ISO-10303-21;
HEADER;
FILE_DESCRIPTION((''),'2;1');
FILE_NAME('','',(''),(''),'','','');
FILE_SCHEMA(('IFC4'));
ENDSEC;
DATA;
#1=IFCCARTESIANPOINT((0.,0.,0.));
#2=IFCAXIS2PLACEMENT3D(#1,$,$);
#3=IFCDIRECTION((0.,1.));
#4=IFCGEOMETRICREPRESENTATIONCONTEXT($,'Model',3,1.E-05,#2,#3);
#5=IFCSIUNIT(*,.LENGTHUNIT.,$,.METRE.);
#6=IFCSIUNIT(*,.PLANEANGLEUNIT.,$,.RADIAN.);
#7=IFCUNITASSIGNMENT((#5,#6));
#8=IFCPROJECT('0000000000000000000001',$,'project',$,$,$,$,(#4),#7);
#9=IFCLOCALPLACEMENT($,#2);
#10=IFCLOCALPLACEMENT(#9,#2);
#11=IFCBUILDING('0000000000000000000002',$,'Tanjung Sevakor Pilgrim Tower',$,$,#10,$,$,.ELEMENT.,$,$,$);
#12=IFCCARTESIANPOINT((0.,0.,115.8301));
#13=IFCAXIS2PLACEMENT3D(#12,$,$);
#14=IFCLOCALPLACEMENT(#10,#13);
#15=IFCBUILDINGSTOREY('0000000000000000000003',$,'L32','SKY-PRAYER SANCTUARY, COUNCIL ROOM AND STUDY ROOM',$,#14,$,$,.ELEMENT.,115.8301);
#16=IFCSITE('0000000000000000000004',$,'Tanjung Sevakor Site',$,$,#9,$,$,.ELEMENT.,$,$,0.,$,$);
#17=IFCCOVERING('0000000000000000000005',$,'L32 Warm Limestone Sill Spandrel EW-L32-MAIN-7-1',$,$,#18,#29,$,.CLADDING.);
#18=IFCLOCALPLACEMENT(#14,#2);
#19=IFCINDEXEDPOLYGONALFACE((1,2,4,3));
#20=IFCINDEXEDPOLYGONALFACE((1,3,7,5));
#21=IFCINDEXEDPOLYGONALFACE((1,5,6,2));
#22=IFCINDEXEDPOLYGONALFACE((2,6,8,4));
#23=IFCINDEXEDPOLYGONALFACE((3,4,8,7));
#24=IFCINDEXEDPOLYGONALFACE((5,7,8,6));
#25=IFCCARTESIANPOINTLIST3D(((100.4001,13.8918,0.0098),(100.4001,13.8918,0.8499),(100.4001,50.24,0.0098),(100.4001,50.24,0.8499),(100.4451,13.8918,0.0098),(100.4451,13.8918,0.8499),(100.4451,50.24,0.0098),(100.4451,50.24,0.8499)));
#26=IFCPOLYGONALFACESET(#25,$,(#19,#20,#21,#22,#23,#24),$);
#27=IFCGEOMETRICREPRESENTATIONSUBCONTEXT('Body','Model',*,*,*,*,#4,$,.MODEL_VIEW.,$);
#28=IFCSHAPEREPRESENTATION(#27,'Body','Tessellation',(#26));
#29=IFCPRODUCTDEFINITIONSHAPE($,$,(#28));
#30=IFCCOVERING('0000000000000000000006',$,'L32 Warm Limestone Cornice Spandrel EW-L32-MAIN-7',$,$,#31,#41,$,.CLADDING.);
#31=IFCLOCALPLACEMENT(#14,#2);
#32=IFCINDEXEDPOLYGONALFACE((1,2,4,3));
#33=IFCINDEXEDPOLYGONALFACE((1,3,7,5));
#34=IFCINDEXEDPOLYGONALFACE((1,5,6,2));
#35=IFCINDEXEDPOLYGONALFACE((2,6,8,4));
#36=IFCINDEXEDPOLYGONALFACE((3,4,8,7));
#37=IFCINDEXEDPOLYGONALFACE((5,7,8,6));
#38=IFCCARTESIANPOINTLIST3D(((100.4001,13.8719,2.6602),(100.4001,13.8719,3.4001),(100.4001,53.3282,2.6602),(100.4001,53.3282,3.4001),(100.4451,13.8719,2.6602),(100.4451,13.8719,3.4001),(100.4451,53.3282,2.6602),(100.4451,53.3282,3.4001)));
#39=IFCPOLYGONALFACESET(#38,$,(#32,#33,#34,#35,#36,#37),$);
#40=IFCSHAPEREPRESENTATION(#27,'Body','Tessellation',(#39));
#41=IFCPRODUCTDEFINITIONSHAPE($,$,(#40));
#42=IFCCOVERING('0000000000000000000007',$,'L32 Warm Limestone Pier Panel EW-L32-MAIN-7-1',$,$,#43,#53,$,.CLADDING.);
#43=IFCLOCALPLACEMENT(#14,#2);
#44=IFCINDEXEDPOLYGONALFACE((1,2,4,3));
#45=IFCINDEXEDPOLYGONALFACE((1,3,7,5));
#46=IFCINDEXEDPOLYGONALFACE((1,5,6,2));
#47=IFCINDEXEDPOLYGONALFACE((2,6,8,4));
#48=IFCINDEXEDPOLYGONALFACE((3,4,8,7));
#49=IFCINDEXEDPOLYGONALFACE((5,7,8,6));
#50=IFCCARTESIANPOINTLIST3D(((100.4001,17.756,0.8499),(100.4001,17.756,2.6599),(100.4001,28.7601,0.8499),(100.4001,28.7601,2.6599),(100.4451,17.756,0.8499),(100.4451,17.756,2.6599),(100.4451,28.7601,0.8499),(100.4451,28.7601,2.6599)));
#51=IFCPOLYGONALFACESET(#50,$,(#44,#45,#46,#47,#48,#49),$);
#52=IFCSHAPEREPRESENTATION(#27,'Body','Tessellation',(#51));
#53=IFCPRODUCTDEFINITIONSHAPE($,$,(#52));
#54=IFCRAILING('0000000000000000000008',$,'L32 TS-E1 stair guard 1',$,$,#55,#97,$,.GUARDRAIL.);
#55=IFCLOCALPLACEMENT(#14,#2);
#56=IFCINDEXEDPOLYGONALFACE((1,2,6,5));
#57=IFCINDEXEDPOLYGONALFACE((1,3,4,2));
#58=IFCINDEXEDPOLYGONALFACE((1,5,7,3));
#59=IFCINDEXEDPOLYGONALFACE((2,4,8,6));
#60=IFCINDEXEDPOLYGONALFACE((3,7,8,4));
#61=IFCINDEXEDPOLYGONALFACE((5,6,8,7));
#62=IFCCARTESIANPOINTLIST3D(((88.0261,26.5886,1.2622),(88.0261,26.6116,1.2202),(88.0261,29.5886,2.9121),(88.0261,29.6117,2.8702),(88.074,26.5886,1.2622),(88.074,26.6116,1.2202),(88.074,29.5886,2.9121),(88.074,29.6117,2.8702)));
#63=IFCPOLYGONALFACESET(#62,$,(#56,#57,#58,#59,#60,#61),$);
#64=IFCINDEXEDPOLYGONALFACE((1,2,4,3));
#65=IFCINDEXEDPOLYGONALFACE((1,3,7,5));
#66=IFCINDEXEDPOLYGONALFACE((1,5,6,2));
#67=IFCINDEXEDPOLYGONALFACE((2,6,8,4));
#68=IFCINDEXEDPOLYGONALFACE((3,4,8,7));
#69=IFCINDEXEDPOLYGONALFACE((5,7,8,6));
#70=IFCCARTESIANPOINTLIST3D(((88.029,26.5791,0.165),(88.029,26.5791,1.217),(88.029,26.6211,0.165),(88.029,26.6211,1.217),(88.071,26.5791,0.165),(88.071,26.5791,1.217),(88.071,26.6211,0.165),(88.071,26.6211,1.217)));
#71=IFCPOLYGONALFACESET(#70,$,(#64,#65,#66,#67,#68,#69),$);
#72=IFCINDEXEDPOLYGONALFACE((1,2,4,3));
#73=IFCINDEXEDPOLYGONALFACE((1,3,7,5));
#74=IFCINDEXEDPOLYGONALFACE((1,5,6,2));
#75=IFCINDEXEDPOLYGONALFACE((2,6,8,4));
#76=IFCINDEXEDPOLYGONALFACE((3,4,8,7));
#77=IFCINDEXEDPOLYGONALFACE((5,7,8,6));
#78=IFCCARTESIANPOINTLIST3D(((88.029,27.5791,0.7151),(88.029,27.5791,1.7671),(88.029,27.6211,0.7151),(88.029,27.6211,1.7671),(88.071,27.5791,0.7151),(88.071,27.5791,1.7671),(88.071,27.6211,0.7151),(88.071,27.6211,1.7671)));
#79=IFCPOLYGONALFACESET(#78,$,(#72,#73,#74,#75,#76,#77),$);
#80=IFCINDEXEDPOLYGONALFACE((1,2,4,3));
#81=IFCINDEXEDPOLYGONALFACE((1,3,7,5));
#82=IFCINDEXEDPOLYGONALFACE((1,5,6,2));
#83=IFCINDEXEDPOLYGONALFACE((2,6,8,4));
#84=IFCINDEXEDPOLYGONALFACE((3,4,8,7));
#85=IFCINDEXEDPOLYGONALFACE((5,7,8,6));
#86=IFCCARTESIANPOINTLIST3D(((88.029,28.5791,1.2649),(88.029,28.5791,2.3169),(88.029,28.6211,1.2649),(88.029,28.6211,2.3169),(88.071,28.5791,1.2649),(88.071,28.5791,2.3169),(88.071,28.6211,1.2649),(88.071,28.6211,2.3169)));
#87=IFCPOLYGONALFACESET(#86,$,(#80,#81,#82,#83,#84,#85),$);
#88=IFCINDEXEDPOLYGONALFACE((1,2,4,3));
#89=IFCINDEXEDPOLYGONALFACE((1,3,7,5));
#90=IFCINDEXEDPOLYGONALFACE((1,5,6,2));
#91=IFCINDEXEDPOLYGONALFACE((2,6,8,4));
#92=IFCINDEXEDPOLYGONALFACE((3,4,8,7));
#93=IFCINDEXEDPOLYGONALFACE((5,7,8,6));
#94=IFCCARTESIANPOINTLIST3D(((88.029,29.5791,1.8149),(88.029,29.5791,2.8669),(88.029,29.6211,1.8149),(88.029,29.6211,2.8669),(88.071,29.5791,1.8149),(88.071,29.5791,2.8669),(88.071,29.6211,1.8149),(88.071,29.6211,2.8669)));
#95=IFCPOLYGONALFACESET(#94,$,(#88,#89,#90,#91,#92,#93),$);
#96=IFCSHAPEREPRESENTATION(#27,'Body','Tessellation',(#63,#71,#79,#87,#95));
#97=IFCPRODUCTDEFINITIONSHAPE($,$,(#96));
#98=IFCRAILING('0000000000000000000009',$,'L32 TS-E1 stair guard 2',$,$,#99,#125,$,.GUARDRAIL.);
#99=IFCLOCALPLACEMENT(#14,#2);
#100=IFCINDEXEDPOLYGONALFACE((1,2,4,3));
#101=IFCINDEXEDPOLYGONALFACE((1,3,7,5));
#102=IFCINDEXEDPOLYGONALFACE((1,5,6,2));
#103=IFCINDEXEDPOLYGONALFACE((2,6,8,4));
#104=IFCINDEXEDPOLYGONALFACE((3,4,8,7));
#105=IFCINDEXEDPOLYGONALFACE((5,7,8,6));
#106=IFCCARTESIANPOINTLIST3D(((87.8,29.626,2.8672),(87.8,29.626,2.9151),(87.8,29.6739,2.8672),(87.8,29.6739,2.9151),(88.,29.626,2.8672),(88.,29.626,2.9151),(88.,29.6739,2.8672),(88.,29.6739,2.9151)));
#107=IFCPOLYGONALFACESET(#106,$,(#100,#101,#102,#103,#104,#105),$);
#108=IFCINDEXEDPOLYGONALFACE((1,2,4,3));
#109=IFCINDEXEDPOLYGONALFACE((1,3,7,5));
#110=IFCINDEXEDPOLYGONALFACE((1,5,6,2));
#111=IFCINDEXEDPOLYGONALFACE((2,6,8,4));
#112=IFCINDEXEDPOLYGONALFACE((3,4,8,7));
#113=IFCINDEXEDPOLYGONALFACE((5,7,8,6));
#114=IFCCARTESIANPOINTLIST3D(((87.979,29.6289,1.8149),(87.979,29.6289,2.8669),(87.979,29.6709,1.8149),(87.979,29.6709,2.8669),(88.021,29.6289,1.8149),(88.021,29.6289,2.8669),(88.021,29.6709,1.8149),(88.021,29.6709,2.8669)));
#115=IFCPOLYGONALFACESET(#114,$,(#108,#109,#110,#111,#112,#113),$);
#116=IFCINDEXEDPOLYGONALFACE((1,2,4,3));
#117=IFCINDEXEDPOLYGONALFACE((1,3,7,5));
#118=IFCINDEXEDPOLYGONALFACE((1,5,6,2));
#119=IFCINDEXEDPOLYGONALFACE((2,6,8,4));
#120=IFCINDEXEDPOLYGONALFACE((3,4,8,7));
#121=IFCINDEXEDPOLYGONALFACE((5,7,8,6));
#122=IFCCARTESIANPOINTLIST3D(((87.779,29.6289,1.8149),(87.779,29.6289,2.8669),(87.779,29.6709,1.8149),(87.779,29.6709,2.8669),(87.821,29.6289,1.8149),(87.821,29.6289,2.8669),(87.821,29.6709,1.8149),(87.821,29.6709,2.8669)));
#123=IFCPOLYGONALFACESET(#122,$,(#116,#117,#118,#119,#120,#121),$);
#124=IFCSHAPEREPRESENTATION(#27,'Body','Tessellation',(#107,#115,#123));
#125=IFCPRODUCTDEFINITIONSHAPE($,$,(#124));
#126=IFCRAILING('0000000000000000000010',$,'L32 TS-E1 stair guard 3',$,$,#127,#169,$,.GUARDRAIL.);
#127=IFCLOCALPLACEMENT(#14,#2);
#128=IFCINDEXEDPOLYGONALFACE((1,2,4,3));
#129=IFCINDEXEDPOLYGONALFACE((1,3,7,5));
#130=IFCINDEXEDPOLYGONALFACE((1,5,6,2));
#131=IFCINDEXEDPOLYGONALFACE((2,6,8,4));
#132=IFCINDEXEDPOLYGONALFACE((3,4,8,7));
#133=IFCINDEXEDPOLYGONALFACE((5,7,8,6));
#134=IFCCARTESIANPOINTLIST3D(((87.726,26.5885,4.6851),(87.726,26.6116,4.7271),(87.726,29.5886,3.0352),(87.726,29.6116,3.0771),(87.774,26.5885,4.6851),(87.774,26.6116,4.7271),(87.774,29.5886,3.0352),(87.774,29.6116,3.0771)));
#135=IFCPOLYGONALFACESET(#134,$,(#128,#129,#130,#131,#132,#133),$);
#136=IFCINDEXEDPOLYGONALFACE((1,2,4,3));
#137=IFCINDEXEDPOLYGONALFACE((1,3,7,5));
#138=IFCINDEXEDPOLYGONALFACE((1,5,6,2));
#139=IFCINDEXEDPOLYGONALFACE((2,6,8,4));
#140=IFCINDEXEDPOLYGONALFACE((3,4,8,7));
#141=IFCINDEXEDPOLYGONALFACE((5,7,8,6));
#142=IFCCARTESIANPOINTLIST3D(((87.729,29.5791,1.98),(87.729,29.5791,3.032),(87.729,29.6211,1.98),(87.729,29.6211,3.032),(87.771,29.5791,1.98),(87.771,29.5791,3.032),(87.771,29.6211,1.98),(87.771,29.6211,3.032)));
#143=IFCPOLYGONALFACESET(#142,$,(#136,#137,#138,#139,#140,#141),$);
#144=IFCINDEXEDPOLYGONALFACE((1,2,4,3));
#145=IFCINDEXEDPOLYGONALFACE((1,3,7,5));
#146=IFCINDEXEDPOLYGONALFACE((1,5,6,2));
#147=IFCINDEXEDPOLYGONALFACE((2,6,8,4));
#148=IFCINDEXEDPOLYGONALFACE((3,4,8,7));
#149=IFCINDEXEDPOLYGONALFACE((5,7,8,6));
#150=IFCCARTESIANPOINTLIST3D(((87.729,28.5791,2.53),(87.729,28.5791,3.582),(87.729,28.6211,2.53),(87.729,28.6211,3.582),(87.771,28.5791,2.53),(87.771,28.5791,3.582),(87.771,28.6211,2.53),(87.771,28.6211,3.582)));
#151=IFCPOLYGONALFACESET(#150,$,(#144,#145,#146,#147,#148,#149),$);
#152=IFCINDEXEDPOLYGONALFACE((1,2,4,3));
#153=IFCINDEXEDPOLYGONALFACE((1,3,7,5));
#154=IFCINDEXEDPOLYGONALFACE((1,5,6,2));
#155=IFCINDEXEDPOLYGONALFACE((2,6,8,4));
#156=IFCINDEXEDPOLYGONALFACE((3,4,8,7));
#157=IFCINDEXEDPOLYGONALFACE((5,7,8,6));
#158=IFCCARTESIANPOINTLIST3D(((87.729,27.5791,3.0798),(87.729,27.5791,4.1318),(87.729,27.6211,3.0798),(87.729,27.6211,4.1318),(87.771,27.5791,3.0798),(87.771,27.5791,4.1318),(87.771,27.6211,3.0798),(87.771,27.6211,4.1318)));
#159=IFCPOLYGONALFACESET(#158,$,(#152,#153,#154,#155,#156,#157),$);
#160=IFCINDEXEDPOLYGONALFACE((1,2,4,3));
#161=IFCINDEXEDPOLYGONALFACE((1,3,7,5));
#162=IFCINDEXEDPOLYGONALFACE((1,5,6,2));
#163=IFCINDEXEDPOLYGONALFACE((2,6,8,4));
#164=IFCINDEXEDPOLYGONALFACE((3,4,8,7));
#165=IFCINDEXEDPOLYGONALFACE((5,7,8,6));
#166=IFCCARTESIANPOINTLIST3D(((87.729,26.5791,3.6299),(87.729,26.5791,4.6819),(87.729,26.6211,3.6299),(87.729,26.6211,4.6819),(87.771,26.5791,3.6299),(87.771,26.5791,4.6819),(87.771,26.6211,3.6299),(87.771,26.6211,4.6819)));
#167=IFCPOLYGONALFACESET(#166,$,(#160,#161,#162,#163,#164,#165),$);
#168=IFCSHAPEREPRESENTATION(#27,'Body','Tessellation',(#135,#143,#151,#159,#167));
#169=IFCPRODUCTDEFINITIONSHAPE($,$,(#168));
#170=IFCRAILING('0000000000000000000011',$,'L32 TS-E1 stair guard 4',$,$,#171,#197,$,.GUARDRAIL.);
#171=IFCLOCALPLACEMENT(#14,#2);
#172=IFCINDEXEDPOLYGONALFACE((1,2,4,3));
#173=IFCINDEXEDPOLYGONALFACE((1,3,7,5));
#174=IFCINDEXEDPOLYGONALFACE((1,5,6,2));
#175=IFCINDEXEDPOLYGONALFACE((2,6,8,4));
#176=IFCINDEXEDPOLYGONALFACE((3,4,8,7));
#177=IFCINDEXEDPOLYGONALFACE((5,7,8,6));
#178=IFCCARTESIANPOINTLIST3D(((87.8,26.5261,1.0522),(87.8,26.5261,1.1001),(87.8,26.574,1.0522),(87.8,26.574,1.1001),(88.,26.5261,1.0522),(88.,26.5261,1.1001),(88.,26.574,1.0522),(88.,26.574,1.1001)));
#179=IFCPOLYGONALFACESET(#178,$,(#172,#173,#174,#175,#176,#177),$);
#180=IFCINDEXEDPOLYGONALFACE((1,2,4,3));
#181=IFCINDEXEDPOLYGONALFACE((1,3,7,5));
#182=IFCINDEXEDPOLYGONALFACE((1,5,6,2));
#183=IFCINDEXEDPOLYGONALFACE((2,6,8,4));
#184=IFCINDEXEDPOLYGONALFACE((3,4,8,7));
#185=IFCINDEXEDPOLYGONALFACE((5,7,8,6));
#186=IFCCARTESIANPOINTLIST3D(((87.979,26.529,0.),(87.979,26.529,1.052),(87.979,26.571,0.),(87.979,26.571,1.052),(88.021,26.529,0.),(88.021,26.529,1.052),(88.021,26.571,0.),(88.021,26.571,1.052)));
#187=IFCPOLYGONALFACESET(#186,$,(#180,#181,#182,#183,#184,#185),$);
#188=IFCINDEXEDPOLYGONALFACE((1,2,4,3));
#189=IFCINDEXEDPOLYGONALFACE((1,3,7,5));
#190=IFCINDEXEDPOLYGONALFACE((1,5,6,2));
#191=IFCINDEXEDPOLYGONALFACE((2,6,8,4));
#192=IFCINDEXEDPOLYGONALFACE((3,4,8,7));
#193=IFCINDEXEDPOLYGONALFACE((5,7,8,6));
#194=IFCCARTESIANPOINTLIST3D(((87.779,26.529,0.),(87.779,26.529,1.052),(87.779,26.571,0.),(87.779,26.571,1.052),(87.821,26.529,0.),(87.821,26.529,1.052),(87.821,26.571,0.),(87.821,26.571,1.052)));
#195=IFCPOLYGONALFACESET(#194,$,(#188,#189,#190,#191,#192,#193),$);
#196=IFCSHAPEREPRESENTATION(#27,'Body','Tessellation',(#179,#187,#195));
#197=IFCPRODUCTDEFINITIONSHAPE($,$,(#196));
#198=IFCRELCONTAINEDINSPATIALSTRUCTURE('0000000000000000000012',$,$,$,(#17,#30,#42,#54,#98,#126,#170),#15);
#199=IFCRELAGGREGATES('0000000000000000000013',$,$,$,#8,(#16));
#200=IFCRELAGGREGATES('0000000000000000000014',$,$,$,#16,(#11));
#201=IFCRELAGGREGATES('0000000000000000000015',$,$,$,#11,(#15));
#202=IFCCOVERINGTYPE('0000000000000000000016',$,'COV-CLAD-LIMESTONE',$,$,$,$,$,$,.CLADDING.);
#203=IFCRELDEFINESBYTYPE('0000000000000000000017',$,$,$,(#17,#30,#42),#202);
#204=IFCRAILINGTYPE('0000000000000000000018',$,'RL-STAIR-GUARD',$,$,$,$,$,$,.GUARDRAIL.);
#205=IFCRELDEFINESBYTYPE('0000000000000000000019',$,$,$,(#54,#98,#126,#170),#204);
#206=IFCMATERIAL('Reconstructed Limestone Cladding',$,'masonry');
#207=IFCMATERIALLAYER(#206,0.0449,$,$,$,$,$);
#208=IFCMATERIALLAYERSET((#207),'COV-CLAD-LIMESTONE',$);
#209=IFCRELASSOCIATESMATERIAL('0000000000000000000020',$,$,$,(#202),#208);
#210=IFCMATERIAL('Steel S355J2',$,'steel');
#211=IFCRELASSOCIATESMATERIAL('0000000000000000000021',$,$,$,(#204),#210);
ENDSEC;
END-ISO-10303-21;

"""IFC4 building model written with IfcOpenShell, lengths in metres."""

from ifc_helpers import new_model, si_unit, direction, frame, origin, origin_2d, place, context, subcontext, project, spatial, rectangle, extrude, material, layer, layer_set, type_object, element, save


model = new_model("IFC4")

# Units and contexts
model_context = context("Model", 3, precision=1e-05, world=origin(), true_north=direction((0.0, 1.0)))
body_context = subcontext(model_context, "Body", "Model", "MODEL_VIEW")
ifc_project = project(units=[si_unit("LENGTHUNIT", "METRE"), si_unit("PLANEANGLEUNIT", "RADIAN")], contexts=[model_context])

# Site, building, storey
site_placement = place(None, origin())
site = spatial("IfcSite", under=ifc_project, at=site_placement, Name="Tanjung Sevakor Site", CompositionType="ELEMENT", RefElevation=0.0)
building_placement = place(site_placement, origin())
building = spatial("IfcBuilding", under=site, at=building_placement, Name="Tanjung Sevakor Pilgrim Tower", CompositionType="ELEMENT")
storey_placement = place(building_placement, frame((0.0, 0.0, 115.8301)))
storey = spatial("IfcBuildingStorey", under=building, at=storey_placement, Name="L32", Description="SKY-PRAYER SANCTUARY, COUNCIL ROOM AND STUDY ROOM", CompositionType="ELEMENT", Elevation=115.8301)

# Coverings
ifc_material_1 = material(Name="Reconstructed Limestone Cladding", Category="masonry")
ifc_layer_1 = layer(ifc_material_1, 0.0449)
ifc_layer_set_1 = layer_set([ifc_layer_1], Name="COV-CLAD-LIMESTONE")
covering_type = type_object("IfcCoveringType", Name="COV-CLAD-LIMESTONE", PredefinedType="CLADDING", material=ifc_layer_set_1)
covering_1_placement = place(storey_placement, frame((100.4226, 32.0659, 0.0098), z_axis=(0.0, 0.0, 1.0), x_axis=(0.0, 1.0, 0.0)))
element("IfcCovering", 1, at=covering_1_placement, inside=storey, type_object=covering_type, Name="L32 Warm Limestone Sill Spandrel EW-L32-MAIN-7-1", PredefinedType="CLADDING", context=body_context, shape_type="SweptSolid", body=[
    extrude(rectangle(XDim=36.3481, YDim=0.0449, at=origin_2d()), origin(), (0.0, 0.0, 1.0), 0.8401),
])
covering_2_placement = place(storey_placement, frame((100.4226, 33.6001, 2.6602), z_axis=(0.0, 0.0, 1.0), x_axis=(0.0, 1.0, 0.0)))
element("IfcCovering", 2, at=covering_2_placement, inside=storey, type_object=covering_type, Name="L32 Warm Limestone Cornice Spandrel EW-L32-MAIN-7", PredefinedType="CLADDING", context=body_context, shape_type="SweptSolid", body=[
    extrude(rectangle(XDim=39.4563, YDim=0.0449, at=origin_2d()), origin(), (0.0, 0.0, 1.0), 0.74),
])
covering_3_placement = place(storey_placement, frame((100.4226, 23.2581, 0.8499), z_axis=(0.0, 0.0, 1.0), x_axis=(0.0, 1.0, 0.0)))
element("IfcCovering", 3, at=covering_3_placement, inside=storey, type_object=covering_type, Name="L32 Warm Limestone Pier Panel EW-L32-MAIN-7-1", PredefinedType="CLADDING", context=body_context, shape_type="SweptSolid", body=[
    extrude(rectangle(XDim=11.0042, YDim=0.0449, at=origin_2d()), origin(), (0.0, 0.0, 1.0), 1.8101),
])

# Railings
ifc_material_2 = material(Name="Steel S355J2", Category="steel")
railing_type_1 = type_object("IfcRailingType", Name="RL-STAIR-GUARD", PredefinedType="GUARDRAIL", material=ifc_material_2)
railing_1_placement = place(storey_placement, frame((88.05, 26.6001, 0.165)))
element("IfcRailing", 4, at=railing_1_placement, inside=storey, type_object=railing_type_1, Name="L32 TS-E1 stair guard 1", PredefinedType="GUARDRAIL", context=body_context, shape_type="SweptSolid", body=[
    extrude(rectangle(XDim=0.0479, YDim=0.0479), frame((0.0, 0.0, 1.0762), z_axis=(0.0, 0.876228, 0.481897), x_axis=(-1.0, 0.0, 0.0)), (0.0, 0.0, 1.0), 3.4238),
    extrude(rectangle(XDim=0.042, YDim=0.042), origin(), (0.0, 0.0, 1.0), 1.052),
    extrude(rectangle(XDim=0.042, YDim=0.042), frame((0.0, 1.0, 0.55)), (0.0, 0.0, 1.0), 1.052),
    extrude(rectangle(XDim=0.042, YDim=0.042), frame((0.0, 2.0, 1.0999)), (0.0, 0.0, 1.0), 1.052),
    extrude(rectangle(XDim=0.042, YDim=0.042), frame((0.0, 3.0, 1.6499)), (0.0, 0.0, 1.0), 1.052),
])
railing_2_placement = place(storey_placement, frame((88.0, 29.6499, 1.8149)))
element("IfcRailing", 5, at=railing_2_placement, inside=storey, type_object=railing_type_1, Name="L32 TS-E1 stair guard 2", PredefinedType="GUARDRAIL", context=body_context, shape_type="SweptSolid", body=[
    extrude(rectangle(XDim=0.0479, YDim=0.0479), frame((0.0, 0.0, 1.0762), z_axis=(-1.0, 0.0, 0.0), x_axis=(0.0, -1.0, 0.0)), (0.0, 0.0, 1.0), 0.2),
    extrude(rectangle(XDim=0.042, YDim=0.042), origin(), (0.0, 0.0, 1.0), 1.052),
    extrude(rectangle(XDim=0.042, YDim=0.042), frame((-0.2, 0.0, 0.0)), (0.0, 0.0, 1.0), 1.052),
])
railing_3_placement = place(storey_placement, frame((87.75, 29.6001, 1.98)))
element("IfcRailing", 6, at=railing_3_placement, inside=storey, type_object=railing_type_1, Name="L32 TS-E1 stair guard 3", PredefinedType="GUARDRAIL", context=body_context, shape_type="SweptSolid", body=[
    extrude(rectangle(XDim=0.0479, YDim=0.0479), frame((0.0, 0.0, 1.0762), z_axis=(0.0, -0.876228, 0.481897), x_axis=(1.0, 0.0, 0.0)), (0.0, 0.0, 1.0), 3.4238),
    extrude(rectangle(XDim=0.042, YDim=0.042), origin(), (0.0, 0.0, 1.0), 1.052),
    extrude(rectangle(XDim=0.042, YDim=0.042), frame((0.0, -1.0, 0.55)), (0.0, 0.0, 1.0), 1.052),
    extrude(rectangle(XDim=0.042, YDim=0.042), frame((0.0, -2.0, 1.0999)), (0.0, 0.0, 1.0), 1.052),
    extrude(rectangle(XDim=0.042, YDim=0.042), frame((0.0, -3.0, 1.6499)), (0.0, 0.0, 1.0), 1.052),
])
railing_4_placement = place(storey_placement, frame((88.0, 26.55, 0.0)))
element("IfcRailing", 7, at=railing_4_placement, inside=storey, type_object=railing_type_1, Name="L32 TS-E1 stair guard 4", PredefinedType="GUARDRAIL", context=body_context, shape_type="SweptSolid", body=[
    extrude(rectangle(XDim=0.0479, YDim=0.0479), frame((0.0, 0.0, 1.0762), z_axis=(-1.0, 0.0, 0.0), x_axis=(0.0, -1.0, 0.0)), (0.0, 0.0, 1.0), 0.2),
    extrude(rectangle(XDim=0.042, YDim=0.042), origin(), (0.0, 0.0, 1.0), 1.052),
    extrude(rectangle(XDim=0.042, YDim=0.042), frame((-0.2, 0.0, 0.0)), (0.0, 0.0, 1.0), 1.052),
])

save(model, "model.ifc")
